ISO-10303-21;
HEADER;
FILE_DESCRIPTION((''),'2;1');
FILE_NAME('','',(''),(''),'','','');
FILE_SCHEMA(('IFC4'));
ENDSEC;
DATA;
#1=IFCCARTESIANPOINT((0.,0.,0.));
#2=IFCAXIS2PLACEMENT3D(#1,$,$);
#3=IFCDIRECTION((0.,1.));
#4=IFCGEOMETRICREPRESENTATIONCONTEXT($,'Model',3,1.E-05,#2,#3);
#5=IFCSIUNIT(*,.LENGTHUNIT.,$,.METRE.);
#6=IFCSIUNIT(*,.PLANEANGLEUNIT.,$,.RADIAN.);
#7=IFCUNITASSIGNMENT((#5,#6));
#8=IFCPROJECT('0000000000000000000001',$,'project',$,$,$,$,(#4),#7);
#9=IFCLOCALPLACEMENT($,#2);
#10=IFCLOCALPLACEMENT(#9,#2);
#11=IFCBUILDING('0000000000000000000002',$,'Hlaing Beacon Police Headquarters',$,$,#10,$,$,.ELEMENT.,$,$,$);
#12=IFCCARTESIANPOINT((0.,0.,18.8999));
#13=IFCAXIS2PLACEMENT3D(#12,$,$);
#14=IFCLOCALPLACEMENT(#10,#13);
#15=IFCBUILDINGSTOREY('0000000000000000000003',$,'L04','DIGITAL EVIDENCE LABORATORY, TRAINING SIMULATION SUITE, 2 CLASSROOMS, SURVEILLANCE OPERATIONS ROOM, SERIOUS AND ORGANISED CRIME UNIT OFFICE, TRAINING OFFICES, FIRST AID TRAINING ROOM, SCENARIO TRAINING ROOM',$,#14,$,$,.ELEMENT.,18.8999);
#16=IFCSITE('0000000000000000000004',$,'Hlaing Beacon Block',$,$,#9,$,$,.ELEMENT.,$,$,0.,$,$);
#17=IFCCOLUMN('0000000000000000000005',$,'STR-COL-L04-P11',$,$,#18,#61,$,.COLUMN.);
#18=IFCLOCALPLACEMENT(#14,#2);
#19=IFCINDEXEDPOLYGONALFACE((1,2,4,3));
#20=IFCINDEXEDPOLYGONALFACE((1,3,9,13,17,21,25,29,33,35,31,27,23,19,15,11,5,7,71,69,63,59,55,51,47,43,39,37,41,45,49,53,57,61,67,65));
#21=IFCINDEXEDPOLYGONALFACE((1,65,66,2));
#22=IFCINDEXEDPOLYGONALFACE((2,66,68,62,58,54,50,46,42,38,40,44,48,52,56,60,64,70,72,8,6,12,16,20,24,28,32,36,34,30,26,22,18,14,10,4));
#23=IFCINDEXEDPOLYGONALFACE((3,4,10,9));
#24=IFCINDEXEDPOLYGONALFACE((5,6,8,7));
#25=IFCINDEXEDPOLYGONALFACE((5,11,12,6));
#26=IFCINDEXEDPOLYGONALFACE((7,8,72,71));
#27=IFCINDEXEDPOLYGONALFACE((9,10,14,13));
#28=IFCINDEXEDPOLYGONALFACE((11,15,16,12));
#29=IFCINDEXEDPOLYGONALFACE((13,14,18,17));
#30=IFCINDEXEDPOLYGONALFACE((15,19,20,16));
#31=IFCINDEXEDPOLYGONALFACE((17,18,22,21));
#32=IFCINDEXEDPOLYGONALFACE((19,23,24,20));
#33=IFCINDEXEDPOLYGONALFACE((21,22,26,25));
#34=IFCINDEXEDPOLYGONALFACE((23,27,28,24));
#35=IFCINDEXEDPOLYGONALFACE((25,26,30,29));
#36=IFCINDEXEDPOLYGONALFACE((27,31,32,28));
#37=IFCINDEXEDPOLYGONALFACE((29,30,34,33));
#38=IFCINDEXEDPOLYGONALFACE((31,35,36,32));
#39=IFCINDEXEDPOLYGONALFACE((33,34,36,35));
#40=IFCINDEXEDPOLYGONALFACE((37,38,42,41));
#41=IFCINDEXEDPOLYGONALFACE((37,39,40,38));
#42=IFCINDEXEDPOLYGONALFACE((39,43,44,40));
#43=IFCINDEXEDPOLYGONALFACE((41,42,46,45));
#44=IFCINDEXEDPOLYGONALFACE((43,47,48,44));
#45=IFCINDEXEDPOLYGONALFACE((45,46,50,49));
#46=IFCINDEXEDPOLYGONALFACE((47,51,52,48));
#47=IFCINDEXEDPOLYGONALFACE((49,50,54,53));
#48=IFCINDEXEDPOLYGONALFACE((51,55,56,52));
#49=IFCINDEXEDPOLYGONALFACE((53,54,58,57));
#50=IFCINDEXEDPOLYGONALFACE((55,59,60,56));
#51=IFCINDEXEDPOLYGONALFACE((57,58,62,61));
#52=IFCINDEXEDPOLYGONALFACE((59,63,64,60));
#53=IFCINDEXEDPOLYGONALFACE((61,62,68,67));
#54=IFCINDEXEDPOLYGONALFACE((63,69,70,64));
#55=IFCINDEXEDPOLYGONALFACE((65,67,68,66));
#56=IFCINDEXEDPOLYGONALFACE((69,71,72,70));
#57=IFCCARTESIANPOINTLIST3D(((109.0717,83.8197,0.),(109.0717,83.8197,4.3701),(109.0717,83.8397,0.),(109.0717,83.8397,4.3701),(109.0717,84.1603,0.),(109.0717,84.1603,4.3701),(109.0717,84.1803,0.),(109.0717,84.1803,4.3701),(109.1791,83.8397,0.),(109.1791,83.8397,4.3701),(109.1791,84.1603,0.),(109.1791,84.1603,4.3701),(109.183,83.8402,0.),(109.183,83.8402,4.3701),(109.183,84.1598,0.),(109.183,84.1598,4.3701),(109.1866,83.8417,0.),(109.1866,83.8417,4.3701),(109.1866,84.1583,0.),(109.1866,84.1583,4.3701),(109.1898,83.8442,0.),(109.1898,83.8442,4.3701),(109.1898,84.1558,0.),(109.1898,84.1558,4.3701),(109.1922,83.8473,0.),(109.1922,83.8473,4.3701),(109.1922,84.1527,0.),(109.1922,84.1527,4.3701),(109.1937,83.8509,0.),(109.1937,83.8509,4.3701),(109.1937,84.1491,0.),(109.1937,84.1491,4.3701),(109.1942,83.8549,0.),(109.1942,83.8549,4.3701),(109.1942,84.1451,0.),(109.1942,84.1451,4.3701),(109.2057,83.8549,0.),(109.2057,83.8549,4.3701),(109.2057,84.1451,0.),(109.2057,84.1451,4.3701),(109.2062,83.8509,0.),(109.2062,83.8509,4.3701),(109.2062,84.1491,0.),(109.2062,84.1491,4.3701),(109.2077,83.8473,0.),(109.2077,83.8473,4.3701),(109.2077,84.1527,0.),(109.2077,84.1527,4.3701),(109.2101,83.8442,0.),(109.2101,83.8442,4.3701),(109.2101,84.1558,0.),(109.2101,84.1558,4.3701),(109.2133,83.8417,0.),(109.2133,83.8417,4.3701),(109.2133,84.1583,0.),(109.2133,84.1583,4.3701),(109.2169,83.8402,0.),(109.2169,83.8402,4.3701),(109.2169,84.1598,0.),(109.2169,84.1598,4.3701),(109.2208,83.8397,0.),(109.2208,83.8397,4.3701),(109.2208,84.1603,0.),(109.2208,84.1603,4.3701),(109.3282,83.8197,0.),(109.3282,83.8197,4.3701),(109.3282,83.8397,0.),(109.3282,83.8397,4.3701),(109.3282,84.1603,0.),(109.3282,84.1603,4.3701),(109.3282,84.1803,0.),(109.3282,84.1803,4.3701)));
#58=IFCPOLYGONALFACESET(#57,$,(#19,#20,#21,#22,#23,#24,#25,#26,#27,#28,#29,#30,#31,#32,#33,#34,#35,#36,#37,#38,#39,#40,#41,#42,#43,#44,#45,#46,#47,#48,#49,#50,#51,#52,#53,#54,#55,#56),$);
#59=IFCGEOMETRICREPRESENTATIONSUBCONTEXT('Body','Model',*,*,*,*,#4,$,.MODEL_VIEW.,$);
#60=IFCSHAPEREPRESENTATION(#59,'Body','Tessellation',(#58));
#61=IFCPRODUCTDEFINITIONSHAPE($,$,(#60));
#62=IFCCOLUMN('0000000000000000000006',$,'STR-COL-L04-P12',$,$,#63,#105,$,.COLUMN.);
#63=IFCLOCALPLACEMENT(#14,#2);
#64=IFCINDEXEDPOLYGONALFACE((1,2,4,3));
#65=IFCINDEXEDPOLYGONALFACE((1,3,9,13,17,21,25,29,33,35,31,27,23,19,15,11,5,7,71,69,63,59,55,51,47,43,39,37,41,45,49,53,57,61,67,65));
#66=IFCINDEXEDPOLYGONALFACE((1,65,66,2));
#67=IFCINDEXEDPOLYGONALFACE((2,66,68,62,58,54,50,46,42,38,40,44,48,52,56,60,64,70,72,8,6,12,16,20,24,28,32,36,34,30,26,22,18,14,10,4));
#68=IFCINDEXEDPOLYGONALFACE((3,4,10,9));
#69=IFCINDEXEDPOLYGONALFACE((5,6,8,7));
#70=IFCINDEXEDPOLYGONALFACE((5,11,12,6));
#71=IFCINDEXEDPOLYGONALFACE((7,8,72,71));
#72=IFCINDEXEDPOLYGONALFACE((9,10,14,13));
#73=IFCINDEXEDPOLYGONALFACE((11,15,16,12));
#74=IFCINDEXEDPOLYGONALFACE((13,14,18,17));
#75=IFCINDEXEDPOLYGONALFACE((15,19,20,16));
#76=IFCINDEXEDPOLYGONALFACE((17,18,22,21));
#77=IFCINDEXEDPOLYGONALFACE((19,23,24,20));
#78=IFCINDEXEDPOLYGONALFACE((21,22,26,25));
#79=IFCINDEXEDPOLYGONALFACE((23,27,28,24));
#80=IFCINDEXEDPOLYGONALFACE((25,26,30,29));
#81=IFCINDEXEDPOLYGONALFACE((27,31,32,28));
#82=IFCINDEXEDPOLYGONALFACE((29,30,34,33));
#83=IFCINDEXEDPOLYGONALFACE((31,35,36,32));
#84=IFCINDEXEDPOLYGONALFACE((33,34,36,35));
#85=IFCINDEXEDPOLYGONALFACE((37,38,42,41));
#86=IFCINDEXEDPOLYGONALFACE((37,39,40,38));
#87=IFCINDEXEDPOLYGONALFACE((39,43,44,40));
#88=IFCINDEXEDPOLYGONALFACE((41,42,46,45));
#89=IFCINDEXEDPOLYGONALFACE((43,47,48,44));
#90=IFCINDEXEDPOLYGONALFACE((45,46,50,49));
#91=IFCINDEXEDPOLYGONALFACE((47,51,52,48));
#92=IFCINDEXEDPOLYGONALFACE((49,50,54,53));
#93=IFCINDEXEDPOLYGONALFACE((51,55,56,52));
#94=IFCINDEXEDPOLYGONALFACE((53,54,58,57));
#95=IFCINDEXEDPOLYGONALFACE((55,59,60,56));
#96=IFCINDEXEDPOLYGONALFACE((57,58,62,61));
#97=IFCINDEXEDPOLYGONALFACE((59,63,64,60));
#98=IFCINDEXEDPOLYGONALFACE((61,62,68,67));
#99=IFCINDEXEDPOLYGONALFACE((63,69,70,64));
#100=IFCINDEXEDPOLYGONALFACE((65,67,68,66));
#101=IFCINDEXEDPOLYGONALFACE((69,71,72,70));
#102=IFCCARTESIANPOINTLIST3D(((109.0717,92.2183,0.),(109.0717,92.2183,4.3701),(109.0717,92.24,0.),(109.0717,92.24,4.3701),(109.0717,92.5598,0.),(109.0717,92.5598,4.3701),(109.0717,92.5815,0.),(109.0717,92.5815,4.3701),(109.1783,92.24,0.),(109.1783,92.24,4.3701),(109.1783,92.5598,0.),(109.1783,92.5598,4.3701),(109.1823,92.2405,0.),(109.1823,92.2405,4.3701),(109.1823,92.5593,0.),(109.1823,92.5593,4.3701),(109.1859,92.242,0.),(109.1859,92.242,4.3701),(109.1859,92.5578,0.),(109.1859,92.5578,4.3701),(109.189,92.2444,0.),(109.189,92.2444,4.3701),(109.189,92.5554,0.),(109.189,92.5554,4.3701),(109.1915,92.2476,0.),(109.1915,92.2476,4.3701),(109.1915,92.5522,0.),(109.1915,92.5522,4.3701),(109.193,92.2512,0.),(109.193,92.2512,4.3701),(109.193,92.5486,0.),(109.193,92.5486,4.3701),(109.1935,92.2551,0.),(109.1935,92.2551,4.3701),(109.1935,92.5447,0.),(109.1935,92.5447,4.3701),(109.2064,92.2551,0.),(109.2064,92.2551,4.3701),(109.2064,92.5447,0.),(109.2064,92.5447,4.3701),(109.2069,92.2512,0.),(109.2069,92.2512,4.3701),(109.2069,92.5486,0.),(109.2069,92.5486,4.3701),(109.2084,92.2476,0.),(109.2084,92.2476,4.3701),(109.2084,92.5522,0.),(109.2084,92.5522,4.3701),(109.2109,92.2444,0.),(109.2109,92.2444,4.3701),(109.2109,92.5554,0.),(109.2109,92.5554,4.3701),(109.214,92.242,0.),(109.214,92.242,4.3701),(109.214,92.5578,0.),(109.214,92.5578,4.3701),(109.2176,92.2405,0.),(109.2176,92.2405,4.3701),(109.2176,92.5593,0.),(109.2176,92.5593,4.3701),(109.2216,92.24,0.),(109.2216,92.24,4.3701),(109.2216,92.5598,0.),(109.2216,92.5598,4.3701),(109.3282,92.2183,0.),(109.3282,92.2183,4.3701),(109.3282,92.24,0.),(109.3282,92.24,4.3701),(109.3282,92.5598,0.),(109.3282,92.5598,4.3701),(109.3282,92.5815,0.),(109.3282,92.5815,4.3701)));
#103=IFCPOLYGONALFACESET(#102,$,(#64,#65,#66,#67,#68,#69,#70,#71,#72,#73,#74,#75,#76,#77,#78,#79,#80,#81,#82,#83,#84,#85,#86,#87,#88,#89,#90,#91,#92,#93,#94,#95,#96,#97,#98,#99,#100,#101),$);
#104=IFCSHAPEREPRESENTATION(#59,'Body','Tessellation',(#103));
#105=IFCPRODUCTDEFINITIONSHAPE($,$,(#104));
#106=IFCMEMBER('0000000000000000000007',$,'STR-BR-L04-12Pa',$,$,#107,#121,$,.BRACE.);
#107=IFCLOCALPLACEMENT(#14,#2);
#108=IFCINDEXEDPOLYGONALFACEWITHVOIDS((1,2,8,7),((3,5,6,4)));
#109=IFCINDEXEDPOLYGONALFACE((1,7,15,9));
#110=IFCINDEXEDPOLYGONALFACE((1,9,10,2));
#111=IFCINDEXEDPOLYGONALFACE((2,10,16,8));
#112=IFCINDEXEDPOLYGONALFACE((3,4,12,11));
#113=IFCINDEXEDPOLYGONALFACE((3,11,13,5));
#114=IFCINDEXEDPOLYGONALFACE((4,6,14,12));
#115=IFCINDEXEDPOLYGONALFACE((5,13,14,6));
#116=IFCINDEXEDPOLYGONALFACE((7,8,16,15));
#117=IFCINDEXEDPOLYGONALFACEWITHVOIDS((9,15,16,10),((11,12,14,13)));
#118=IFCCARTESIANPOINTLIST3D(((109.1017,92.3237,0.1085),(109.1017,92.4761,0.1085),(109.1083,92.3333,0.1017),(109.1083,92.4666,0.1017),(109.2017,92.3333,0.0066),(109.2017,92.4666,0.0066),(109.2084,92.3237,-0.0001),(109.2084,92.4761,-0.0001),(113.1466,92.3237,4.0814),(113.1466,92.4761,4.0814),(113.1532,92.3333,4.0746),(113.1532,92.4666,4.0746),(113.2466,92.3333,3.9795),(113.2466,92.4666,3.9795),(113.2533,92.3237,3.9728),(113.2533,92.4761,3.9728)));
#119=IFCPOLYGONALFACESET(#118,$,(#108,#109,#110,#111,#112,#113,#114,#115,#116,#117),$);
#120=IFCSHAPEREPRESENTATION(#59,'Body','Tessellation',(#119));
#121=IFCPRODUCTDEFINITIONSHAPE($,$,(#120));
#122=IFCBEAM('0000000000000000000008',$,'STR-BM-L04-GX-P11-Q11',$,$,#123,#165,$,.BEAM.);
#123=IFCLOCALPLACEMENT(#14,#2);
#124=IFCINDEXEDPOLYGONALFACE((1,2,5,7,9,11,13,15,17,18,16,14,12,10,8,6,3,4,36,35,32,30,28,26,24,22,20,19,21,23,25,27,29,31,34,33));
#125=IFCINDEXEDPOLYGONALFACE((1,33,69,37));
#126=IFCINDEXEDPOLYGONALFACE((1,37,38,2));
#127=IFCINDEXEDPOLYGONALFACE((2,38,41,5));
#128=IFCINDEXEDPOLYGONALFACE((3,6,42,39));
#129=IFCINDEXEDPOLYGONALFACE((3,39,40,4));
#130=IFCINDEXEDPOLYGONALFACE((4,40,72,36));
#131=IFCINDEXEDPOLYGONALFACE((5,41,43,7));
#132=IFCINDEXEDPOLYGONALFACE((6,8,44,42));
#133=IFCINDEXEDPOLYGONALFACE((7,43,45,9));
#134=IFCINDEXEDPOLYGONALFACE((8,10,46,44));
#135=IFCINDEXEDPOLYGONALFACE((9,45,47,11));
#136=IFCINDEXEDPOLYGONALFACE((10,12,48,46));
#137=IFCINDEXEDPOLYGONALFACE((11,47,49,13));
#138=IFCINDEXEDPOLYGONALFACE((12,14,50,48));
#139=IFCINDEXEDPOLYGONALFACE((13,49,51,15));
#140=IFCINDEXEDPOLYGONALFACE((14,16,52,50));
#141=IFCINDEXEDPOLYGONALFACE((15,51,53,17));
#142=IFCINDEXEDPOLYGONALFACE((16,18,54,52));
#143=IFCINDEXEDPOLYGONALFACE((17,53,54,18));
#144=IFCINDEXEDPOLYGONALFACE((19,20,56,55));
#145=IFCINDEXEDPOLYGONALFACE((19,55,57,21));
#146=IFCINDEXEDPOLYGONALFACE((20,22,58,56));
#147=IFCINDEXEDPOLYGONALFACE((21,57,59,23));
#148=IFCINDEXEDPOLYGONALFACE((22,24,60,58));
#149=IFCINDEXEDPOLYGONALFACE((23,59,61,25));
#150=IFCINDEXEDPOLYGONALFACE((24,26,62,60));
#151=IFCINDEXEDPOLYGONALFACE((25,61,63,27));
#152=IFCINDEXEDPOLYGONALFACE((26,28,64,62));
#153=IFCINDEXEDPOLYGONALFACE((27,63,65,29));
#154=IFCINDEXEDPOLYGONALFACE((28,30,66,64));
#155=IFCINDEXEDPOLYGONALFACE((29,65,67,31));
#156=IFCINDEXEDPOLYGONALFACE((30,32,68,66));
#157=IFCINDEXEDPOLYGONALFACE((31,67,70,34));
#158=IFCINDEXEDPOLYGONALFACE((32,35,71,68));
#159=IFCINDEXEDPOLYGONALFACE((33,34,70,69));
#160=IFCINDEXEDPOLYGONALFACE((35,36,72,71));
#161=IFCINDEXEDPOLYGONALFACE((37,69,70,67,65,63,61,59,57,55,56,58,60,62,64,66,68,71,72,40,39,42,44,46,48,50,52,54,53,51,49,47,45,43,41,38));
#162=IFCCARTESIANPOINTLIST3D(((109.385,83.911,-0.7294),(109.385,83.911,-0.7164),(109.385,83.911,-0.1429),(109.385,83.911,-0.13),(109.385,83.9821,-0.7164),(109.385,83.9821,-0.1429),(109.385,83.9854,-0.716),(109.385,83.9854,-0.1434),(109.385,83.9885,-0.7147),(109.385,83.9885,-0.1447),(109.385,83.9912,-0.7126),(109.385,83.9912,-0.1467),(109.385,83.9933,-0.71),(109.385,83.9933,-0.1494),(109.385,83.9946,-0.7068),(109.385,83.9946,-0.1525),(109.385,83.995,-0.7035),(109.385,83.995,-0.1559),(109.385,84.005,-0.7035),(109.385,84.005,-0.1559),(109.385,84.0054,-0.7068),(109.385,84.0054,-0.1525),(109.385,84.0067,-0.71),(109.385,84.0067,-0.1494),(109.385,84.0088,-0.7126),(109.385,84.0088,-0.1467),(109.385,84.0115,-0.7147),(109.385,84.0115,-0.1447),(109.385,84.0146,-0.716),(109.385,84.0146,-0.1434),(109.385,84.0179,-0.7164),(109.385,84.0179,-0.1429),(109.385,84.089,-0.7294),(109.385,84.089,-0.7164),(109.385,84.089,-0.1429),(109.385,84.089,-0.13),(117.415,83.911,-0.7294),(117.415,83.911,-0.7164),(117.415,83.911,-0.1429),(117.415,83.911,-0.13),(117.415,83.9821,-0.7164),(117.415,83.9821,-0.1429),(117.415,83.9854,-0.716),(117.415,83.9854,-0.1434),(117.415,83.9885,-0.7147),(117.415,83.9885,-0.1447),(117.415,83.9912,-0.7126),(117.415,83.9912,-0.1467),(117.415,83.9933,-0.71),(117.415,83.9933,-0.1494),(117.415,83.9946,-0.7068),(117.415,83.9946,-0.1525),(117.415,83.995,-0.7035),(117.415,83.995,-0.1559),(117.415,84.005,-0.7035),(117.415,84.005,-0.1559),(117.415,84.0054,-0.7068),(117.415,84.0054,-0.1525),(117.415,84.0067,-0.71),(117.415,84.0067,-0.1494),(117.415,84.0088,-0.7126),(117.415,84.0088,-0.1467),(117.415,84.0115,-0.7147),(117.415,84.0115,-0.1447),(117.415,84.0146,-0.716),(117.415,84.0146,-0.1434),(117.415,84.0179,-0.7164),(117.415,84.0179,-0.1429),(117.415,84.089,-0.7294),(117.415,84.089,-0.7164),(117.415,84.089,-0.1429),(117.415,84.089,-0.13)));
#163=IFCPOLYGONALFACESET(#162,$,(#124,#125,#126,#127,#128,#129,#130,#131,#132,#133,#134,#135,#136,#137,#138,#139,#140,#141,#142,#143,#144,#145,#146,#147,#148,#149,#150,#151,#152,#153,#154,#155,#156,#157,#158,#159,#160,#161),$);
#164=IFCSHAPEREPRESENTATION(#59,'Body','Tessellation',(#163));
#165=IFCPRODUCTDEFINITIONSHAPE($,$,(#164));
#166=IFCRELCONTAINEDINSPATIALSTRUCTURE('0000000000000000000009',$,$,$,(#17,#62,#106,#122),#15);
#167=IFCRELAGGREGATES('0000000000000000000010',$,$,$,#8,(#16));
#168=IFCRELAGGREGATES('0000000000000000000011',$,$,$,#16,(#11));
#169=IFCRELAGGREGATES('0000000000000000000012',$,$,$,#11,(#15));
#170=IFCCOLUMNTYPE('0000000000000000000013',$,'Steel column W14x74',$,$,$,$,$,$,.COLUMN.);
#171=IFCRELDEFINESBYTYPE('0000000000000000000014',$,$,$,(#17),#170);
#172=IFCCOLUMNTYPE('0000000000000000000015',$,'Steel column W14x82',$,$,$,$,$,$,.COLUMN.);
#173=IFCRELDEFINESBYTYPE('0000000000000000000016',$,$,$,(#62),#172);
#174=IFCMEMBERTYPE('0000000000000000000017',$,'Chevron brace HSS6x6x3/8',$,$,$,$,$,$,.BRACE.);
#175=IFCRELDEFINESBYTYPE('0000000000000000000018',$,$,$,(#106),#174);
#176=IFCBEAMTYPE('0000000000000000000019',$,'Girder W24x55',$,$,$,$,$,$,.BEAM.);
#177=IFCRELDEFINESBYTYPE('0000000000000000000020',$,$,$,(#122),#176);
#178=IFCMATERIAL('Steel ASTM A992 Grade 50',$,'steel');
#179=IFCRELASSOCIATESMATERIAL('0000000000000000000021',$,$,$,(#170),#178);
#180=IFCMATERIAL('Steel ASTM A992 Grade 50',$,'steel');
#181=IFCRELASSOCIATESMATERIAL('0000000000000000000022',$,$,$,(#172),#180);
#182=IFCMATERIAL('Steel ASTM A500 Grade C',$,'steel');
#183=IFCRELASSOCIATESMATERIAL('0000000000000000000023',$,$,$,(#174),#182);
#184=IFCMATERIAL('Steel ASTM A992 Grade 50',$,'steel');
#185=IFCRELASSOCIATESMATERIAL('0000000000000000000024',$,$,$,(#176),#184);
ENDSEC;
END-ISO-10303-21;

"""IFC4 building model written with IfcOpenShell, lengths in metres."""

from ifc_helpers import new_model, si_unit, direction, frame, origin, origin_2d, place, context, subcontext, project, spatial, hollow_rectangle, i_section, extrude, material, material_profile, profile_set, type_object, element, save


model = new_model("IFC4")

# Units and contexts
model_context = context("Model", 3, precision=1e-05, world=origin(), true_north=direction((0.0, 1.0)))
body_context = subcontext(model_context, "Body", "Model", "MODEL_VIEW")
ifc_project = project(units=[si_unit("LENGTHUNIT", "METRE"), si_unit("PLANEANGLEUNIT", "RADIAN")], contexts=[model_context])

# Site, building, storey
site_placement = place(None, origin())
site = spatial("IfcSite", under=ifc_project, at=site_placement, Name="Hlaing Beacon Block", CompositionType="ELEMENT", RefElevation=0.0)
building_placement = place(site_placement, origin())
building = spatial("IfcBuilding", under=site, at=building_placement, Name="Hlaing Beacon Police Headquarters", CompositionType="ELEMENT")
storey_placement = place(building_placement, frame((0.0, 0.0, 18.8999)))
storey = spatial("IfcBuildingStorey", under=building, at=storey_placement, Name="L04", Description="DIGITAL EVIDENCE LABORATORY, TRAINING SIMULATION SUITE, 2 CLASSROOMS, SURVEILLANCE OPERATIONS ROOM, SERIOUS AND ORGANISED CRIME UNIT OFFICE, TRAINING OFFICES, FIRST AID TRAINING ROOM, SCENARIO TRAINING ROOM", CompositionType="ELEMENT", Elevation=18.8999)

# Columns
ifc_material_1 = material(Name="Steel ASTM A992 Grade 50", Category="steel")
ifc_material_profile_1 = material_profile(ifc_material_1, i_section(OverallWidth=0.2566, OverallDepth=0.3606, WebThickness=0.0115, FlangeThickness=0.02, FilletRadius=0.0151, at=origin_2d()), Name="W14x74")
ifc_profile_set_1 = profile_set([ifc_material_profile_1], Name="Steel ASTM A992 Grade 50")
column_type_1 = type_object("IfcColumnType", Name="Steel column W14x74", PredefinedType="COLUMN", material=ifc_profile_set_1)
column_1_placement = place(storey_placement, frame((109.2, 84.0, 0.0), z_axis=(0.0, 0.0, 1.0), x_axis=(1.0, 0.0, 0.0)))
element("IfcColumn", 1, at=column_1_placement, inside=storey, type_object=column_type_1, Name="STR-COL-L04-P11", PredefinedType="COLUMN", context=body_context, shape_type="SweptSolid", body=[
    extrude(i_section(OverallWidth=0.2566, OverallDepth=0.3606, WebThickness=0.0115, FlangeThickness=0.02, FilletRadius=0.0151, at=origin_2d()), origin(), (0.0, 0.0, 1.0), 4.3701),
])
ifc_material_2 = material(Name="Steel ASTM A992 Grade 50", Category="steel")
ifc_material_profile_2 = material_profile(ifc_material_2, i_section(OverallWidth=0.2566, OverallDepth=0.3633, WebThickness=0.0129, FlangeThickness=0.0217, FilletRadius=0.0151, at=origin_2d()), Name="W14x82")
ifc_profile_set_2 = profile_set([ifc_material_profile_2], Name="Steel ASTM A992 Grade 50")
column_type_2 = type_object("IfcColumnType", Name="Steel column W14x82", PredefinedType="COLUMN", material=ifc_profile_set_2)
column_2_placement = place(storey_placement, frame((109.2, 92.3999, 0.0), z_axis=(0.0, 0.0, 1.0), x_axis=(1.0, 0.0, 0.0)))
element("IfcColumn", 2, at=column_2_placement, inside=storey, type_object=column_type_2, Name="STR-COL-L04-P12", PredefinedType="COLUMN", context=body_context, shape_type="SweptSolid", body=[
    extrude(i_section(OverallWidth=0.2566, OverallDepth=0.3633, WebThickness=0.0129, FlangeThickness=0.0217, FilletRadius=0.0151, at=origin_2d()), origin(), (0.0, 0.0, 1.0), 4.3701),
])

# Member
ifc_material_3 = material(Name="Steel ASTM A500 Grade C", Category="steel")
ifc_material_profile_3 = material_profile(ifc_material_3, hollow_rectangle(XDim=0.1523, YDim=0.1523, WallThickness=0.0095, at=origin_2d()), Name="HSS6x6x3/8")
ifc_profile_set_3 = profile_set([ifc_material_profile_3], Name="Steel ASTM A500 Grade C")
member_type_1 = type_object("IfcMemberType", Name="Chevron brace HSS6x6x3/8", PredefinedType="BRACE", material=ifc_profile_set_3)
member_1_placement = place(storey_placement, frame((109.155, 92.3999, 0.0542), z_axis=(0.71343, 0.0, 0.700727), x_axis=(0.0, 1.0, 0.0)))
element("IfcMember", 3, at=member_1_placement, inside=storey, type_object=member_type_1, Name="STR-BR-L04-12Pa", PredefinedType="BRACE", context=body_context, shape_type="SweptSolid", body=[
    extrude(hollow_rectangle(XDim=0.1523, YDim=0.1523, WallThickness=0.0095, at=origin_2d()), origin(), (0.0, 0.0, 1.0), 5.6697),
])

# Beam
ifc_material_4 = material(Name="Steel ASTM A992 Grade 50", Category="steel")
ifc_material_profile_4 = material_profile(ifc_material_4, i_section(OverallWidth=0.178, OverallDepth=0.5994, WebThickness=0.01, FlangeThickness=0.0129, FilletRadius=0.0129, at=origin_2d()), Name="W24x55")
ifc_profile_set_4 = profile_set([ifc_material_profile_4], Name="Steel ASTM A992 Grade 50")
beam_type_1 = type_object("IfcBeamType", Name="Girder W24x55", PredefinedType="BEAM", material=ifc_profile_set_4)
beam_1_placement = place(storey_placement, frame((109.385, 84.0, -0.4297), z_axis=(1.0, 0.0, 0.0), x_axis=(0.0, 1.0, 0.0)))
element("IfcBeam", 4, at=beam_1_placement, inside=storey, type_object=beam_type_1, Name="STR-BM-L04-GX-P11-Q11", PredefinedType="BEAM", context=body_context, shape_type="SweptSolid", body=[
    extrude(i_section(OverallWidth=0.178, OverallDepth=0.5994, WebThickness=0.01, FlangeThickness=0.0129, FilletRadius=0.0129, at=origin_2d()), origin(), (0.0, 0.0, 1.0), 8.03),
])

save(model, "model.ifc")
